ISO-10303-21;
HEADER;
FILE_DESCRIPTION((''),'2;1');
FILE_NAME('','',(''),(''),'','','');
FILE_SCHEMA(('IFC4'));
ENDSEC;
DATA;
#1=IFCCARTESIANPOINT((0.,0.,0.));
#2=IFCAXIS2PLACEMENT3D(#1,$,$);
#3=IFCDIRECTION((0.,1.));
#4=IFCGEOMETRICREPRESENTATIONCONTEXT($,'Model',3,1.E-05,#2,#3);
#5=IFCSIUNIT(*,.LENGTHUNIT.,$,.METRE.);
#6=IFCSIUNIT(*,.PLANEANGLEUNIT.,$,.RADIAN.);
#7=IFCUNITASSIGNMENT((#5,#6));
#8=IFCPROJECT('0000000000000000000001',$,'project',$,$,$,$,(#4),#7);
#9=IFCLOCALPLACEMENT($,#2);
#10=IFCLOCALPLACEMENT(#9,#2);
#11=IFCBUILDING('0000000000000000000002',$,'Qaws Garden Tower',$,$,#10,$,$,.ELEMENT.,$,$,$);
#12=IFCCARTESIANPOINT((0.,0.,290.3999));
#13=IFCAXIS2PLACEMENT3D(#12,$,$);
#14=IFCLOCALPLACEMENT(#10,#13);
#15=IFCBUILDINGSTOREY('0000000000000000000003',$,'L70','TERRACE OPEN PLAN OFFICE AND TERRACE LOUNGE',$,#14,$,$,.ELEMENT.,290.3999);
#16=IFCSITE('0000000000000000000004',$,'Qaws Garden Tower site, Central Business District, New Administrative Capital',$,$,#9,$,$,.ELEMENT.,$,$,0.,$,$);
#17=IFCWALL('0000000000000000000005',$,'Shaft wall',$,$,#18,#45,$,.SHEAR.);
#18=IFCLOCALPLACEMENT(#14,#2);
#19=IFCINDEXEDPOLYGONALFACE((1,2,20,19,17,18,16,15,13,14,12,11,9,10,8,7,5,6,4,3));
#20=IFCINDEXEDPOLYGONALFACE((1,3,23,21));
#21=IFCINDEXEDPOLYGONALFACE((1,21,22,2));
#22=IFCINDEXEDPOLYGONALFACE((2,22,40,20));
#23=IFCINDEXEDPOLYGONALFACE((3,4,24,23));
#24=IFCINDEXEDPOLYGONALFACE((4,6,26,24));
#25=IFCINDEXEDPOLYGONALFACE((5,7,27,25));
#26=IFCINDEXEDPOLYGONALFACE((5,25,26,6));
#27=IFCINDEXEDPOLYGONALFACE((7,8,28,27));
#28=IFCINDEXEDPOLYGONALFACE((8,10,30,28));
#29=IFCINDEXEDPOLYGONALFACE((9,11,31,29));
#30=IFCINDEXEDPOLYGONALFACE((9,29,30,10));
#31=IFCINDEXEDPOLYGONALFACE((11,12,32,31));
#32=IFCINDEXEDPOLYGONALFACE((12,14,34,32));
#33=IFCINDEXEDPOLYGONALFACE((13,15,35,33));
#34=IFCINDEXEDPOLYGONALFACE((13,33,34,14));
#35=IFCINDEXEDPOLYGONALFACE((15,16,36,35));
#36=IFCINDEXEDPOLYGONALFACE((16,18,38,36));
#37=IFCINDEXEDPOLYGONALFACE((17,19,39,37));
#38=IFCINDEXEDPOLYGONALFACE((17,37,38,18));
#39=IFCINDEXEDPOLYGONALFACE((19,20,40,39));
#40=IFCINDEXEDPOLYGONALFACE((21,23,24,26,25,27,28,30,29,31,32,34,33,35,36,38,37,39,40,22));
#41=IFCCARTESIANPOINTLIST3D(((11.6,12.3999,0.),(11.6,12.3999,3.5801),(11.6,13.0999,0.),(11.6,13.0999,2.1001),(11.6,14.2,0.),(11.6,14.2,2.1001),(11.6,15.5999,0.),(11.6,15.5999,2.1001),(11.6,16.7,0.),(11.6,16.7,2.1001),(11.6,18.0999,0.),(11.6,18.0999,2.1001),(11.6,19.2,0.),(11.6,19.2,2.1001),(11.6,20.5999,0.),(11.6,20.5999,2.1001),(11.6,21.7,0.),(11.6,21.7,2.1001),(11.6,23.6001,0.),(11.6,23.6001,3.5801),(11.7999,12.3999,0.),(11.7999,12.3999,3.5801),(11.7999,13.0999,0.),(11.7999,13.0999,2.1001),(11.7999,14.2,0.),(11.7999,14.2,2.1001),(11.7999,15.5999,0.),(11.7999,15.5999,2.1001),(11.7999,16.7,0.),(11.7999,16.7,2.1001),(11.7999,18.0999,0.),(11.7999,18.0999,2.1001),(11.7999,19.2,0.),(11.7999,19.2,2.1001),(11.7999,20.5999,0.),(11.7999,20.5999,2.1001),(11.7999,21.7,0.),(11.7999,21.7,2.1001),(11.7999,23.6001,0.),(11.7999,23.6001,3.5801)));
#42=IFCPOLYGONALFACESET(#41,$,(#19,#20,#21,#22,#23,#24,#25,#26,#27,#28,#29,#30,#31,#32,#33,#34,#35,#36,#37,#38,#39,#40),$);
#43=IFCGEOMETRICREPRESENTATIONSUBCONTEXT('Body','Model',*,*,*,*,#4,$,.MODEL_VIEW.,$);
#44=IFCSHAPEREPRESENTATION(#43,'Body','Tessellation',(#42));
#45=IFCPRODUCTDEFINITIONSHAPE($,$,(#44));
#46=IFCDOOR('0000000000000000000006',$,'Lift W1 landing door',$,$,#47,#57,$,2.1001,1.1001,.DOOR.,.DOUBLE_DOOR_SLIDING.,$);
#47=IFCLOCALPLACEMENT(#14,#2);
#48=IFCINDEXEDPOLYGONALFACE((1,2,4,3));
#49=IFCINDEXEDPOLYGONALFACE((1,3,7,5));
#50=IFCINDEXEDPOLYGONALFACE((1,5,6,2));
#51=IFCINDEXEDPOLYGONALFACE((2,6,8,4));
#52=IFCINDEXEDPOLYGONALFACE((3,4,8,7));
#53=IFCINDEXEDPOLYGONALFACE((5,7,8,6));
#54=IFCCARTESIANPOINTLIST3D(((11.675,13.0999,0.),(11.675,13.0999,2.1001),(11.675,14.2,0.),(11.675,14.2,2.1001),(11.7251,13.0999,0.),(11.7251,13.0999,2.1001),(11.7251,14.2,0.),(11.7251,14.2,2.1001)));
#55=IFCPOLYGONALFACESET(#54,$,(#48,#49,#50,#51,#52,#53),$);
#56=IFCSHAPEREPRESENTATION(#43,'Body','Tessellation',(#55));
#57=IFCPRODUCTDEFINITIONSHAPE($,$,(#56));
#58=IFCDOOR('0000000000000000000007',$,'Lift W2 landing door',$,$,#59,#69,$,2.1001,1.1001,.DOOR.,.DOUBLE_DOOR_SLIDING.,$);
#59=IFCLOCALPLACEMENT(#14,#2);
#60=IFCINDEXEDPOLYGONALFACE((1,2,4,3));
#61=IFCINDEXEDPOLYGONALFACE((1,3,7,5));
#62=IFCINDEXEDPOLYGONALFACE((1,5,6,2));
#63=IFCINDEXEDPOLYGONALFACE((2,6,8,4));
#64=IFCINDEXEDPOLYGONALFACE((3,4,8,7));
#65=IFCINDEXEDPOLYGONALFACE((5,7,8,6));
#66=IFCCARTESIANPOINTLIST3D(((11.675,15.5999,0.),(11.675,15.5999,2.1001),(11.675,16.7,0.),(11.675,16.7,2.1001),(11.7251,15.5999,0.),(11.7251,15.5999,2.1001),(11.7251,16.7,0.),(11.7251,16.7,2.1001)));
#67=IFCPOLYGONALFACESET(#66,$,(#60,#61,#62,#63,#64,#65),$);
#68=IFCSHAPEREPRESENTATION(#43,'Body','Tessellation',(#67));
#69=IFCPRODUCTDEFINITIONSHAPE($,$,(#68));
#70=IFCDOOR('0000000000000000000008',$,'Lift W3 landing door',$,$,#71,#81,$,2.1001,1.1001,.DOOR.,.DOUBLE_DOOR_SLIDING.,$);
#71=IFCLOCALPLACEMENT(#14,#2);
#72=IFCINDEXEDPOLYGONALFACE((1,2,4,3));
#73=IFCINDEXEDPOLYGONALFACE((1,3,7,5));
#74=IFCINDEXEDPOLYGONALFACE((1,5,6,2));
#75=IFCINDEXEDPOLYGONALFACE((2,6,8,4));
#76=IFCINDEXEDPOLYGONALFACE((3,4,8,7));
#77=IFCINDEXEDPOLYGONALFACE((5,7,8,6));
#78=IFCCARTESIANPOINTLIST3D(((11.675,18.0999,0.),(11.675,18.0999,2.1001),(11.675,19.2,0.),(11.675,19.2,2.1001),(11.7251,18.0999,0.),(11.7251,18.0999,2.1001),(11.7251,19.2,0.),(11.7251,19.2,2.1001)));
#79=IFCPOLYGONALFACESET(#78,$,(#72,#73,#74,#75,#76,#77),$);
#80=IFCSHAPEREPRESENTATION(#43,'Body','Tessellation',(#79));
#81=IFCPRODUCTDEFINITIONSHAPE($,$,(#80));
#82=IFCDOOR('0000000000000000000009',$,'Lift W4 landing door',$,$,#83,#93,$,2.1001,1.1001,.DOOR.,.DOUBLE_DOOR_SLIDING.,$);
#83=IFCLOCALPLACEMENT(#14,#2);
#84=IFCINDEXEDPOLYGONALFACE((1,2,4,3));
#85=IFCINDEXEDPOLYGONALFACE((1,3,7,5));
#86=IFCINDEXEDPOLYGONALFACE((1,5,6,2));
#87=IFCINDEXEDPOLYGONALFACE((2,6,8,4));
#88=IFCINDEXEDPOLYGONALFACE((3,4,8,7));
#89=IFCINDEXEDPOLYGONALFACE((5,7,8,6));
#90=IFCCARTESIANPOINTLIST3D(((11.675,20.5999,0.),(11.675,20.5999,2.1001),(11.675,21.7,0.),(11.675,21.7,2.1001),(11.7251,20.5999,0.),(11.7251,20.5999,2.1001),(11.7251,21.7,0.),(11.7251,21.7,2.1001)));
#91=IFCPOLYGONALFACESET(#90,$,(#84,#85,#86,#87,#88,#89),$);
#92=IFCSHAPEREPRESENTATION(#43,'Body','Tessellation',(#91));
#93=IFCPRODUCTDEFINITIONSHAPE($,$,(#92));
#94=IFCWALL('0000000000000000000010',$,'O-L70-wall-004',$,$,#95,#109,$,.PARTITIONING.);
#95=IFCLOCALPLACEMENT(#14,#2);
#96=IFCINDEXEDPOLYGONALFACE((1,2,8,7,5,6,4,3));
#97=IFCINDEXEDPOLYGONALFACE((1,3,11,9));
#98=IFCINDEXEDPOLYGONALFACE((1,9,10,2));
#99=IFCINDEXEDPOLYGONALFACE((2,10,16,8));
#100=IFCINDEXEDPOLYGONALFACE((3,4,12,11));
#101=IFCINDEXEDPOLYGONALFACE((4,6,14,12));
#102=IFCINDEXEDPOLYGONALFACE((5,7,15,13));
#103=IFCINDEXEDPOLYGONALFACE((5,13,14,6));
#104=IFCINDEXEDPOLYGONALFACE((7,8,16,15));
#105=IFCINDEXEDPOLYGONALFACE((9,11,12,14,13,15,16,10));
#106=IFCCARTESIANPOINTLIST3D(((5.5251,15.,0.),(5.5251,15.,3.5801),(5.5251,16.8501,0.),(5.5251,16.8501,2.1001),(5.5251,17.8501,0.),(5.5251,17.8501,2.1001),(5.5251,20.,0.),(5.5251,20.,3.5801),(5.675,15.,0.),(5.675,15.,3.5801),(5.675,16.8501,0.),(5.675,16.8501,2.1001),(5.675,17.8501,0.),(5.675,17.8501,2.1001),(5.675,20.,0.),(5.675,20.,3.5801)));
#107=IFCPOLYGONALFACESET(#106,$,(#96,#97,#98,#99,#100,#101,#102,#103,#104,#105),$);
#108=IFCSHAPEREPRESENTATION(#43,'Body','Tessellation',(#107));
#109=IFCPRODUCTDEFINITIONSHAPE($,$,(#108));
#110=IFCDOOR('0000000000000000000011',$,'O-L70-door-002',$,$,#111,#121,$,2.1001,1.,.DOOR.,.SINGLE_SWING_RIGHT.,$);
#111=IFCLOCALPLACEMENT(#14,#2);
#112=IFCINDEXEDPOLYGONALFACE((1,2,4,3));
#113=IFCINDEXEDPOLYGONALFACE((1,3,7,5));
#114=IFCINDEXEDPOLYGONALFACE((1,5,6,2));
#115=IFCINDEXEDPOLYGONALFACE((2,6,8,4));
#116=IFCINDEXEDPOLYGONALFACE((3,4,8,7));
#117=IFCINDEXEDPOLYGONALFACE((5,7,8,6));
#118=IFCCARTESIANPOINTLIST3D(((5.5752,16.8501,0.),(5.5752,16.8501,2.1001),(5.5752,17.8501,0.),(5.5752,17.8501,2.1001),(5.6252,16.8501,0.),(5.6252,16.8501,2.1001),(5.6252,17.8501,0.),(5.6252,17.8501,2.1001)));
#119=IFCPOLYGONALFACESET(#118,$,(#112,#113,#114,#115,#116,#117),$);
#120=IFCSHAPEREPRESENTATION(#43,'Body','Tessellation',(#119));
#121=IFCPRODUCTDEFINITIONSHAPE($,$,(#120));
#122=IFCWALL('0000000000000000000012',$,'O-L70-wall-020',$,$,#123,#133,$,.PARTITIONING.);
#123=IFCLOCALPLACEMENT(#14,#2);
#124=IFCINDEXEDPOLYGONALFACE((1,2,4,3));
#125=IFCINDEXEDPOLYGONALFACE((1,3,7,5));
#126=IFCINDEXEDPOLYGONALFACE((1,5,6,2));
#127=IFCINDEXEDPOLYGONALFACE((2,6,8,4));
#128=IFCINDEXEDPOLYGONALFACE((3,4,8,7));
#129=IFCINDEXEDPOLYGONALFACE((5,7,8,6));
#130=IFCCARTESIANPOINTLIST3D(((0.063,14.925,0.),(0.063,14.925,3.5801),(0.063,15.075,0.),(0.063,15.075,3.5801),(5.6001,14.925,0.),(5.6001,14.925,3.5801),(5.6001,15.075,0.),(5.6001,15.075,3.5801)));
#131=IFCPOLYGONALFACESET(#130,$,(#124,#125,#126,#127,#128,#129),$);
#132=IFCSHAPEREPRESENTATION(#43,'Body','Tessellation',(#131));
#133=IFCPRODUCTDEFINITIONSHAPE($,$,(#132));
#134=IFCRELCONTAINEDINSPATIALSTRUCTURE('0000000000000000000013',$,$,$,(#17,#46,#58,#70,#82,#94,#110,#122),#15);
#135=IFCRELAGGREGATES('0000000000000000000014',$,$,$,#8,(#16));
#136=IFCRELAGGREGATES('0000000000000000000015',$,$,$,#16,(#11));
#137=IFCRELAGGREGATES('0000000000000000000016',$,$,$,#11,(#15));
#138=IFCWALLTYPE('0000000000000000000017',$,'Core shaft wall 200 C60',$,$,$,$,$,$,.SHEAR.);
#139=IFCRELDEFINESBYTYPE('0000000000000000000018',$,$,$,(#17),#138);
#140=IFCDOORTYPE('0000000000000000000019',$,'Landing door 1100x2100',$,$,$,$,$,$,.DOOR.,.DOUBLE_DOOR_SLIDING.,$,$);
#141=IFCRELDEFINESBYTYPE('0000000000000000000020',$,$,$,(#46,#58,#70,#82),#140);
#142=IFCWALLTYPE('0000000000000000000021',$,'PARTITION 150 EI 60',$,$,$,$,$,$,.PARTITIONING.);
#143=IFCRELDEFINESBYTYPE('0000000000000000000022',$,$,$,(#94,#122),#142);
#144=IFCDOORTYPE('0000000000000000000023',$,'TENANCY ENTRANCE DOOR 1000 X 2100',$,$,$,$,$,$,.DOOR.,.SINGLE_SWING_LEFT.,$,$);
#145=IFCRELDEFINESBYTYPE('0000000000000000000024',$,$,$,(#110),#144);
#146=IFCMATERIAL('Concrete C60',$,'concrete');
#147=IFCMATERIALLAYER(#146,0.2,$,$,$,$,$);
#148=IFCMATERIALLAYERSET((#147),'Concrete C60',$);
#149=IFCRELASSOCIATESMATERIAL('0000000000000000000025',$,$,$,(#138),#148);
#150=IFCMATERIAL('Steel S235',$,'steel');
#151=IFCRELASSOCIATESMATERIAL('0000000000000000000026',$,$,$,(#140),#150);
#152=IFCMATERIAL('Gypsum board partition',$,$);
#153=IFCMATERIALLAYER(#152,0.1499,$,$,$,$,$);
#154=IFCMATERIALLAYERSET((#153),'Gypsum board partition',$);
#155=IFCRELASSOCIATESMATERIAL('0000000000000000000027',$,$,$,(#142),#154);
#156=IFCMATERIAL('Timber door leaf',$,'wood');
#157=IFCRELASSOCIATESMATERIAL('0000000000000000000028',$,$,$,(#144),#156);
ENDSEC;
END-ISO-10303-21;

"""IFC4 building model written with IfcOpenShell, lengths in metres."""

from ifc_helpers import new_model, si_unit, direction, frame, frame_2d, origin, place, context, subcontext, project, spatial, rectangle, extrude, material, layer, layer_set, type_object, element, fill, save


model = new_model("IFC4")

# Units and contexts
model_context = context("Model", 3, precision=1e-05, world=origin(), true_north=direction((0.0, 1.0)))
body_context = subcontext(model_context, "Body", "Model", "MODEL_VIEW")
ifc_project = project(units=[si_unit("LENGTHUNIT", "METRE"), si_unit("PLANEANGLEUNIT", "RADIAN")], contexts=[model_context])

# Site, building, storey
site_placement = place(None, origin())
site = spatial("IfcSite", under=ifc_project, at=site_placement, Name="Qaws Garden Tower site, Central Business District, New Administrative Capital", CompositionType="ELEMENT", RefElevation=0.0)
building_placement = place(site_placement, origin())
building = spatial("IfcBuilding", under=site, at=building_placement, Name="Qaws Garden Tower", CompositionType="ELEMENT")
storey_placement = place(building_placement, frame((0.0, 0.0, 290.3999)))
storey = spatial("IfcBuildingStorey", under=building, at=storey_placement, Name="L70", Description="TERRACE OPEN PLAN OFFICE AND TERRACE LOUNGE", CompositionType="ELEMENT", Elevation=290.3999)

# Shared definitions
ifc_material_1 = material(Name="Concrete C60", Category="concrete")
ifc_layer_1 = layer(ifc_material_1, 0.2)
ifc_layer_set_1 = layer_set([ifc_layer_1], Name="Concrete C60")
wall_type_1 = type_object("IfcWallType", Name="Core shaft wall 200 C60", PredefinedType="SHEAR", material=ifc_layer_set_1)

# Wall, openings, doors
wall_1_placement = place(storey_placement, frame((11.7, 12.3999, 0.0), z_axis=(0.0, 0.0, 1.0), x_axis=(0.0, 1.0, 0.0)))
wall_1 = element("IfcWall", 1, at=wall_1_placement, inside=storey, type_object=wall_type_1, Name="Shaft wall", PredefinedType="SHEAR", context=body_context, shape_type="SweptSolid", body=[
    extrude(rectangle(XDim=11.2002, YDim=0.2, at=frame_2d((5.6001, 0.0))), origin(), (0.0, 0.0, 1.0), 3.5801),
])
opening_1_placement = place(wall_1_placement, frame((0.7, 0.0, 0.0)))
opening_1 = element("IfcOpeningElement", 2, at=opening_1_placement, cuts=wall_1, PredefinedType="OPENING", context=body_context, shape_type="SweptSolid", body=[
    extrude(rectangle(XDim=1.1001, YDim=2.1001, at=frame_2d((0.55, 1.05))), frame((0.0, 0.1099, 0.0), z_axis=(0.0, -1.0, 0.0), x_axis=(1.0, 0.0, 0.0)), (0.0, 0.0, 1.0), 0.22),
])
opening_2_placement = place(wall_1_placement, frame((3.2, 0.0, 0.0)))
opening_2 = element("IfcOpeningElement", 3, at=opening_2_placement, cuts=wall_1, PredefinedType="OPENING", context=body_context, shape_type="SweptSolid", body=[
    extrude(rectangle(XDim=1.1001, YDim=2.1001, at=frame_2d((0.55, 1.05))), frame((0.0, 0.1099, 0.0), z_axis=(0.0, -1.0, 0.0), x_axis=(1.0, 0.0, 0.0)), (0.0, 0.0, 1.0), 0.22),
])
opening_3_placement = place(wall_1_placement, frame((5.7, 0.0, 0.0)))
opening_3 = element("IfcOpeningElement", 4, at=opening_3_placement, cuts=wall_1, PredefinedType="OPENING", context=body_context, shape_type="SweptSolid", body=[
    extrude(rectangle(XDim=1.1001, YDim=2.1001, at=frame_2d((0.55, 1.05))), frame((0.0, 0.1099, 0.0), z_axis=(0.0, -1.0, 0.0), x_axis=(1.0, 0.0, 0.0)), (0.0, 0.0, 1.0), 0.22),
])
opening_4_placement = place(wall_1_placement, frame((8.2, 0.0, 0.0)))
opening_4 = element("IfcOpeningElement", 5, at=opening_4_placement, cuts=wall_1, PredefinedType="OPENING", context=body_context, shape_type="SweptSolid", body=[
    extrude(rectangle(XDim=1.1001, YDim=2.1001, at=frame_2d((0.55, 1.05))), frame((0.0, 0.1099, 0.0), z_axis=(0.0, -1.0, 0.0), x_axis=(1.0, 0.0, 0.0)), (0.0, 0.0, 1.0), 0.22),
])
ifc_material_2 = material(Name="Steel S235", Category="steel")
door_type_1 = type_object("IfcDoorType", Name="Landing door 1100x2100", OperationType="DOUBLE_DOOR_SLIDING", PredefinedType="DOOR", material=ifc_material_2)
door_1_placement = place(opening_1_placement, origin())
door_1 = element("IfcDoor", 6, at=door_1_placement, inside=storey, type_object=door_type_1, Name="Lift W1 landing door", OperationType="DOUBLE_DOOR_SLIDING", OverallHeight=2.1001, OverallWidth=1.1001, PredefinedType="DOOR", context=body_context, shape_type="SweptSolid", body=[
    extrude(rectangle(XDim=1.1001, YDim=2.1001, at=frame_2d((0.55, 1.05))), frame((0.0, 0.0249, 0.0), z_axis=(0.0, -1.0, 0.0), x_axis=(1.0, 0.0, 0.0)), (0.0, 0.0, 1.0), 0.05),
])
fill(opening_1, door_1)
door_2_placement = place(opening_2_placement, origin())
door_2 = element("IfcDoor", 7, at=door_2_placement, inside=storey, type_object=door_type_1, Name="Lift W2 landing door", OperationType="DOUBLE_DOOR_SLIDING", OverallHeight=2.1001, OverallWidth=1.1001, PredefinedType="DOOR", context=body_context, shape_type="SweptSolid", body=[
    extrude(rectangle(XDim=1.1001, YDim=2.1001, at=frame_2d((0.55, 1.05))), frame((0.0, 0.0249, 0.0), z_axis=(0.0, -1.0, 0.0), x_axis=(1.0, 0.0, 0.0)), (0.0, 0.0, 1.0), 0.05),
])
fill(opening_2, door_2)
door_3_placement = place(opening_3_placement, origin())
door_3 = element("IfcDoor", 8, at=door_3_placement, inside=storey, type_object=door_type_1, Name="Lift W3 landing door", OperationType="DOUBLE_DOOR_SLIDING", OverallHeight=2.1001, OverallWidth=1.1001, PredefinedType="DOOR", context=body_context, shape_type="SweptSolid", body=[
    extrude(rectangle(XDim=1.1001, YDim=2.1001, at=frame_2d((0.55, 1.05))), frame((0.0, 0.0249, 0.0), z_axis=(0.0, -1.0, 0.0), x_axis=(1.0, 0.0, 0.0)), (0.0, 0.0, 1.0), 0.05),
])
fill(opening_3, door_3)
door_4_placement = place(opening_4_placement, origin())
door_4 = element("IfcDoor", 9, at=door_4_placement, inside=storey, type_object=door_type_1, Name="Lift W4 landing door", OperationType="DOUBLE_DOOR_SLIDING", OverallHeight=2.1001, OverallWidth=1.1001, PredefinedType="DOOR", context=body_context, shape_type="SweptSolid", body=[
    extrude(rectangle(XDim=1.1001, YDim=2.1001, at=frame_2d((0.55, 1.05))), frame((0.0, 0.0249, 0.0), z_axis=(0.0, -1.0, 0.0), x_axis=(1.0, 0.0, 0.0)), (0.0, 0.0, 1.0), 0.05),
])
fill(opening_4, door_4)

# Wall, opening, door
ifc_material_3 = material(Name="Gypsum board partition")
ifc_layer_2 = layer(ifc_material_3, 0.1499)
ifc_layer_set_2 = layer_set([ifc_layer_2], Name="Gypsum board partition")
wall_type_2 = type_object("IfcWallType", Name="PARTITION 150 EI 60", PredefinedType="PARTITIONING", material=ifc_layer_set_2)
wall_2_placement = place(storey_placement, frame((5.6001, 15.0, 0.0), z_axis=(0.0, 0.0, 1.0), x_axis=(0.0, 1.0, 0.0)))
wall_2 = element("IfcWall", 10, at=wall_2_placement, inside=storey, type_object=wall_type_2, Name="O-L70-wall-004", PredefinedType="PARTITIONING", context=body_context, shape_type="SweptSolid", body=[
    extrude(rectangle(XDim=5.0, YDim=0.1499, at=frame_2d((2.5, 0.0))), origin(), (0.0, 0.0, 1.0), 3.5801),
])
opening_5_placement = place(wall_2_placement, frame((1.8501, 0.0, 0.0)))
opening_5 = element("IfcOpeningElement", 11, at=opening_5_placement, cuts=wall_2, PredefinedType="OPENING", context=body_context, shape_type="SweptSolid", body=[
    extrude(rectangle(XDim=1.0, YDim=2.1001, at=frame_2d((0.5, 1.05))), frame((0.0, 0.085, 0.0), z_axis=(0.0, -1.0, 0.0), x_axis=(1.0, 0.0, 0.0)), (0.0, 0.0, 1.0), 0.1699),
])
ifc_material_4 = material(Name="Timber door leaf", Category="wood")
door_type_2 = type_object("IfcDoorType", Name="TENANCY ENTRANCE DOOR 1000 X 2100", OperationType="SINGLE_SWING_LEFT", PredefinedType="DOOR", material=ifc_material_4)
door_5_placement = place(opening_5_placement, origin())
door_5 = element("IfcDoor", 12, at=door_5_placement, inside=storey, type_object=door_type_2, Name="O-L70-door-002", OperationType="SINGLE_SWING_RIGHT", OverallHeight=2.1001, OverallWidth=1.0, PredefinedType="DOOR", context=body_context, shape_type="SweptSolid", body=[
    extrude(rectangle(XDim=1.0, YDim=2.1001, at=frame_2d((0.5, 1.05))), frame((0.0, 0.0249, 0.0), z_axis=(0.0, -1.0, 0.0), x_axis=(1.0, 0.0, 0.0)), (0.0, 0.0, 1.0), 0.05),
])
fill(opening_5, door_5)

# Wall
wall_3_placement = place(storey_placement, frame((0.063, 15.0, 0.0), z_axis=(0.0, 0.0, 1.0), x_axis=(1.0, 0.0, 0.0)))
element("IfcWall", 13, at=wall_3_placement, inside=storey, type_object=wall_type_2, Name="O-L70-wall-020", PredefinedType="PARTITIONING", context=body_context, shape_type="SweptSolid", body=[
    extrude(rectangle(XDim=5.5371, YDim=0.1499, at=frame_2d((2.7686, 0.0))), origin(), (0.0, 0.0, 1.0), 3.5801),
])

save(model, "model.ifc")
